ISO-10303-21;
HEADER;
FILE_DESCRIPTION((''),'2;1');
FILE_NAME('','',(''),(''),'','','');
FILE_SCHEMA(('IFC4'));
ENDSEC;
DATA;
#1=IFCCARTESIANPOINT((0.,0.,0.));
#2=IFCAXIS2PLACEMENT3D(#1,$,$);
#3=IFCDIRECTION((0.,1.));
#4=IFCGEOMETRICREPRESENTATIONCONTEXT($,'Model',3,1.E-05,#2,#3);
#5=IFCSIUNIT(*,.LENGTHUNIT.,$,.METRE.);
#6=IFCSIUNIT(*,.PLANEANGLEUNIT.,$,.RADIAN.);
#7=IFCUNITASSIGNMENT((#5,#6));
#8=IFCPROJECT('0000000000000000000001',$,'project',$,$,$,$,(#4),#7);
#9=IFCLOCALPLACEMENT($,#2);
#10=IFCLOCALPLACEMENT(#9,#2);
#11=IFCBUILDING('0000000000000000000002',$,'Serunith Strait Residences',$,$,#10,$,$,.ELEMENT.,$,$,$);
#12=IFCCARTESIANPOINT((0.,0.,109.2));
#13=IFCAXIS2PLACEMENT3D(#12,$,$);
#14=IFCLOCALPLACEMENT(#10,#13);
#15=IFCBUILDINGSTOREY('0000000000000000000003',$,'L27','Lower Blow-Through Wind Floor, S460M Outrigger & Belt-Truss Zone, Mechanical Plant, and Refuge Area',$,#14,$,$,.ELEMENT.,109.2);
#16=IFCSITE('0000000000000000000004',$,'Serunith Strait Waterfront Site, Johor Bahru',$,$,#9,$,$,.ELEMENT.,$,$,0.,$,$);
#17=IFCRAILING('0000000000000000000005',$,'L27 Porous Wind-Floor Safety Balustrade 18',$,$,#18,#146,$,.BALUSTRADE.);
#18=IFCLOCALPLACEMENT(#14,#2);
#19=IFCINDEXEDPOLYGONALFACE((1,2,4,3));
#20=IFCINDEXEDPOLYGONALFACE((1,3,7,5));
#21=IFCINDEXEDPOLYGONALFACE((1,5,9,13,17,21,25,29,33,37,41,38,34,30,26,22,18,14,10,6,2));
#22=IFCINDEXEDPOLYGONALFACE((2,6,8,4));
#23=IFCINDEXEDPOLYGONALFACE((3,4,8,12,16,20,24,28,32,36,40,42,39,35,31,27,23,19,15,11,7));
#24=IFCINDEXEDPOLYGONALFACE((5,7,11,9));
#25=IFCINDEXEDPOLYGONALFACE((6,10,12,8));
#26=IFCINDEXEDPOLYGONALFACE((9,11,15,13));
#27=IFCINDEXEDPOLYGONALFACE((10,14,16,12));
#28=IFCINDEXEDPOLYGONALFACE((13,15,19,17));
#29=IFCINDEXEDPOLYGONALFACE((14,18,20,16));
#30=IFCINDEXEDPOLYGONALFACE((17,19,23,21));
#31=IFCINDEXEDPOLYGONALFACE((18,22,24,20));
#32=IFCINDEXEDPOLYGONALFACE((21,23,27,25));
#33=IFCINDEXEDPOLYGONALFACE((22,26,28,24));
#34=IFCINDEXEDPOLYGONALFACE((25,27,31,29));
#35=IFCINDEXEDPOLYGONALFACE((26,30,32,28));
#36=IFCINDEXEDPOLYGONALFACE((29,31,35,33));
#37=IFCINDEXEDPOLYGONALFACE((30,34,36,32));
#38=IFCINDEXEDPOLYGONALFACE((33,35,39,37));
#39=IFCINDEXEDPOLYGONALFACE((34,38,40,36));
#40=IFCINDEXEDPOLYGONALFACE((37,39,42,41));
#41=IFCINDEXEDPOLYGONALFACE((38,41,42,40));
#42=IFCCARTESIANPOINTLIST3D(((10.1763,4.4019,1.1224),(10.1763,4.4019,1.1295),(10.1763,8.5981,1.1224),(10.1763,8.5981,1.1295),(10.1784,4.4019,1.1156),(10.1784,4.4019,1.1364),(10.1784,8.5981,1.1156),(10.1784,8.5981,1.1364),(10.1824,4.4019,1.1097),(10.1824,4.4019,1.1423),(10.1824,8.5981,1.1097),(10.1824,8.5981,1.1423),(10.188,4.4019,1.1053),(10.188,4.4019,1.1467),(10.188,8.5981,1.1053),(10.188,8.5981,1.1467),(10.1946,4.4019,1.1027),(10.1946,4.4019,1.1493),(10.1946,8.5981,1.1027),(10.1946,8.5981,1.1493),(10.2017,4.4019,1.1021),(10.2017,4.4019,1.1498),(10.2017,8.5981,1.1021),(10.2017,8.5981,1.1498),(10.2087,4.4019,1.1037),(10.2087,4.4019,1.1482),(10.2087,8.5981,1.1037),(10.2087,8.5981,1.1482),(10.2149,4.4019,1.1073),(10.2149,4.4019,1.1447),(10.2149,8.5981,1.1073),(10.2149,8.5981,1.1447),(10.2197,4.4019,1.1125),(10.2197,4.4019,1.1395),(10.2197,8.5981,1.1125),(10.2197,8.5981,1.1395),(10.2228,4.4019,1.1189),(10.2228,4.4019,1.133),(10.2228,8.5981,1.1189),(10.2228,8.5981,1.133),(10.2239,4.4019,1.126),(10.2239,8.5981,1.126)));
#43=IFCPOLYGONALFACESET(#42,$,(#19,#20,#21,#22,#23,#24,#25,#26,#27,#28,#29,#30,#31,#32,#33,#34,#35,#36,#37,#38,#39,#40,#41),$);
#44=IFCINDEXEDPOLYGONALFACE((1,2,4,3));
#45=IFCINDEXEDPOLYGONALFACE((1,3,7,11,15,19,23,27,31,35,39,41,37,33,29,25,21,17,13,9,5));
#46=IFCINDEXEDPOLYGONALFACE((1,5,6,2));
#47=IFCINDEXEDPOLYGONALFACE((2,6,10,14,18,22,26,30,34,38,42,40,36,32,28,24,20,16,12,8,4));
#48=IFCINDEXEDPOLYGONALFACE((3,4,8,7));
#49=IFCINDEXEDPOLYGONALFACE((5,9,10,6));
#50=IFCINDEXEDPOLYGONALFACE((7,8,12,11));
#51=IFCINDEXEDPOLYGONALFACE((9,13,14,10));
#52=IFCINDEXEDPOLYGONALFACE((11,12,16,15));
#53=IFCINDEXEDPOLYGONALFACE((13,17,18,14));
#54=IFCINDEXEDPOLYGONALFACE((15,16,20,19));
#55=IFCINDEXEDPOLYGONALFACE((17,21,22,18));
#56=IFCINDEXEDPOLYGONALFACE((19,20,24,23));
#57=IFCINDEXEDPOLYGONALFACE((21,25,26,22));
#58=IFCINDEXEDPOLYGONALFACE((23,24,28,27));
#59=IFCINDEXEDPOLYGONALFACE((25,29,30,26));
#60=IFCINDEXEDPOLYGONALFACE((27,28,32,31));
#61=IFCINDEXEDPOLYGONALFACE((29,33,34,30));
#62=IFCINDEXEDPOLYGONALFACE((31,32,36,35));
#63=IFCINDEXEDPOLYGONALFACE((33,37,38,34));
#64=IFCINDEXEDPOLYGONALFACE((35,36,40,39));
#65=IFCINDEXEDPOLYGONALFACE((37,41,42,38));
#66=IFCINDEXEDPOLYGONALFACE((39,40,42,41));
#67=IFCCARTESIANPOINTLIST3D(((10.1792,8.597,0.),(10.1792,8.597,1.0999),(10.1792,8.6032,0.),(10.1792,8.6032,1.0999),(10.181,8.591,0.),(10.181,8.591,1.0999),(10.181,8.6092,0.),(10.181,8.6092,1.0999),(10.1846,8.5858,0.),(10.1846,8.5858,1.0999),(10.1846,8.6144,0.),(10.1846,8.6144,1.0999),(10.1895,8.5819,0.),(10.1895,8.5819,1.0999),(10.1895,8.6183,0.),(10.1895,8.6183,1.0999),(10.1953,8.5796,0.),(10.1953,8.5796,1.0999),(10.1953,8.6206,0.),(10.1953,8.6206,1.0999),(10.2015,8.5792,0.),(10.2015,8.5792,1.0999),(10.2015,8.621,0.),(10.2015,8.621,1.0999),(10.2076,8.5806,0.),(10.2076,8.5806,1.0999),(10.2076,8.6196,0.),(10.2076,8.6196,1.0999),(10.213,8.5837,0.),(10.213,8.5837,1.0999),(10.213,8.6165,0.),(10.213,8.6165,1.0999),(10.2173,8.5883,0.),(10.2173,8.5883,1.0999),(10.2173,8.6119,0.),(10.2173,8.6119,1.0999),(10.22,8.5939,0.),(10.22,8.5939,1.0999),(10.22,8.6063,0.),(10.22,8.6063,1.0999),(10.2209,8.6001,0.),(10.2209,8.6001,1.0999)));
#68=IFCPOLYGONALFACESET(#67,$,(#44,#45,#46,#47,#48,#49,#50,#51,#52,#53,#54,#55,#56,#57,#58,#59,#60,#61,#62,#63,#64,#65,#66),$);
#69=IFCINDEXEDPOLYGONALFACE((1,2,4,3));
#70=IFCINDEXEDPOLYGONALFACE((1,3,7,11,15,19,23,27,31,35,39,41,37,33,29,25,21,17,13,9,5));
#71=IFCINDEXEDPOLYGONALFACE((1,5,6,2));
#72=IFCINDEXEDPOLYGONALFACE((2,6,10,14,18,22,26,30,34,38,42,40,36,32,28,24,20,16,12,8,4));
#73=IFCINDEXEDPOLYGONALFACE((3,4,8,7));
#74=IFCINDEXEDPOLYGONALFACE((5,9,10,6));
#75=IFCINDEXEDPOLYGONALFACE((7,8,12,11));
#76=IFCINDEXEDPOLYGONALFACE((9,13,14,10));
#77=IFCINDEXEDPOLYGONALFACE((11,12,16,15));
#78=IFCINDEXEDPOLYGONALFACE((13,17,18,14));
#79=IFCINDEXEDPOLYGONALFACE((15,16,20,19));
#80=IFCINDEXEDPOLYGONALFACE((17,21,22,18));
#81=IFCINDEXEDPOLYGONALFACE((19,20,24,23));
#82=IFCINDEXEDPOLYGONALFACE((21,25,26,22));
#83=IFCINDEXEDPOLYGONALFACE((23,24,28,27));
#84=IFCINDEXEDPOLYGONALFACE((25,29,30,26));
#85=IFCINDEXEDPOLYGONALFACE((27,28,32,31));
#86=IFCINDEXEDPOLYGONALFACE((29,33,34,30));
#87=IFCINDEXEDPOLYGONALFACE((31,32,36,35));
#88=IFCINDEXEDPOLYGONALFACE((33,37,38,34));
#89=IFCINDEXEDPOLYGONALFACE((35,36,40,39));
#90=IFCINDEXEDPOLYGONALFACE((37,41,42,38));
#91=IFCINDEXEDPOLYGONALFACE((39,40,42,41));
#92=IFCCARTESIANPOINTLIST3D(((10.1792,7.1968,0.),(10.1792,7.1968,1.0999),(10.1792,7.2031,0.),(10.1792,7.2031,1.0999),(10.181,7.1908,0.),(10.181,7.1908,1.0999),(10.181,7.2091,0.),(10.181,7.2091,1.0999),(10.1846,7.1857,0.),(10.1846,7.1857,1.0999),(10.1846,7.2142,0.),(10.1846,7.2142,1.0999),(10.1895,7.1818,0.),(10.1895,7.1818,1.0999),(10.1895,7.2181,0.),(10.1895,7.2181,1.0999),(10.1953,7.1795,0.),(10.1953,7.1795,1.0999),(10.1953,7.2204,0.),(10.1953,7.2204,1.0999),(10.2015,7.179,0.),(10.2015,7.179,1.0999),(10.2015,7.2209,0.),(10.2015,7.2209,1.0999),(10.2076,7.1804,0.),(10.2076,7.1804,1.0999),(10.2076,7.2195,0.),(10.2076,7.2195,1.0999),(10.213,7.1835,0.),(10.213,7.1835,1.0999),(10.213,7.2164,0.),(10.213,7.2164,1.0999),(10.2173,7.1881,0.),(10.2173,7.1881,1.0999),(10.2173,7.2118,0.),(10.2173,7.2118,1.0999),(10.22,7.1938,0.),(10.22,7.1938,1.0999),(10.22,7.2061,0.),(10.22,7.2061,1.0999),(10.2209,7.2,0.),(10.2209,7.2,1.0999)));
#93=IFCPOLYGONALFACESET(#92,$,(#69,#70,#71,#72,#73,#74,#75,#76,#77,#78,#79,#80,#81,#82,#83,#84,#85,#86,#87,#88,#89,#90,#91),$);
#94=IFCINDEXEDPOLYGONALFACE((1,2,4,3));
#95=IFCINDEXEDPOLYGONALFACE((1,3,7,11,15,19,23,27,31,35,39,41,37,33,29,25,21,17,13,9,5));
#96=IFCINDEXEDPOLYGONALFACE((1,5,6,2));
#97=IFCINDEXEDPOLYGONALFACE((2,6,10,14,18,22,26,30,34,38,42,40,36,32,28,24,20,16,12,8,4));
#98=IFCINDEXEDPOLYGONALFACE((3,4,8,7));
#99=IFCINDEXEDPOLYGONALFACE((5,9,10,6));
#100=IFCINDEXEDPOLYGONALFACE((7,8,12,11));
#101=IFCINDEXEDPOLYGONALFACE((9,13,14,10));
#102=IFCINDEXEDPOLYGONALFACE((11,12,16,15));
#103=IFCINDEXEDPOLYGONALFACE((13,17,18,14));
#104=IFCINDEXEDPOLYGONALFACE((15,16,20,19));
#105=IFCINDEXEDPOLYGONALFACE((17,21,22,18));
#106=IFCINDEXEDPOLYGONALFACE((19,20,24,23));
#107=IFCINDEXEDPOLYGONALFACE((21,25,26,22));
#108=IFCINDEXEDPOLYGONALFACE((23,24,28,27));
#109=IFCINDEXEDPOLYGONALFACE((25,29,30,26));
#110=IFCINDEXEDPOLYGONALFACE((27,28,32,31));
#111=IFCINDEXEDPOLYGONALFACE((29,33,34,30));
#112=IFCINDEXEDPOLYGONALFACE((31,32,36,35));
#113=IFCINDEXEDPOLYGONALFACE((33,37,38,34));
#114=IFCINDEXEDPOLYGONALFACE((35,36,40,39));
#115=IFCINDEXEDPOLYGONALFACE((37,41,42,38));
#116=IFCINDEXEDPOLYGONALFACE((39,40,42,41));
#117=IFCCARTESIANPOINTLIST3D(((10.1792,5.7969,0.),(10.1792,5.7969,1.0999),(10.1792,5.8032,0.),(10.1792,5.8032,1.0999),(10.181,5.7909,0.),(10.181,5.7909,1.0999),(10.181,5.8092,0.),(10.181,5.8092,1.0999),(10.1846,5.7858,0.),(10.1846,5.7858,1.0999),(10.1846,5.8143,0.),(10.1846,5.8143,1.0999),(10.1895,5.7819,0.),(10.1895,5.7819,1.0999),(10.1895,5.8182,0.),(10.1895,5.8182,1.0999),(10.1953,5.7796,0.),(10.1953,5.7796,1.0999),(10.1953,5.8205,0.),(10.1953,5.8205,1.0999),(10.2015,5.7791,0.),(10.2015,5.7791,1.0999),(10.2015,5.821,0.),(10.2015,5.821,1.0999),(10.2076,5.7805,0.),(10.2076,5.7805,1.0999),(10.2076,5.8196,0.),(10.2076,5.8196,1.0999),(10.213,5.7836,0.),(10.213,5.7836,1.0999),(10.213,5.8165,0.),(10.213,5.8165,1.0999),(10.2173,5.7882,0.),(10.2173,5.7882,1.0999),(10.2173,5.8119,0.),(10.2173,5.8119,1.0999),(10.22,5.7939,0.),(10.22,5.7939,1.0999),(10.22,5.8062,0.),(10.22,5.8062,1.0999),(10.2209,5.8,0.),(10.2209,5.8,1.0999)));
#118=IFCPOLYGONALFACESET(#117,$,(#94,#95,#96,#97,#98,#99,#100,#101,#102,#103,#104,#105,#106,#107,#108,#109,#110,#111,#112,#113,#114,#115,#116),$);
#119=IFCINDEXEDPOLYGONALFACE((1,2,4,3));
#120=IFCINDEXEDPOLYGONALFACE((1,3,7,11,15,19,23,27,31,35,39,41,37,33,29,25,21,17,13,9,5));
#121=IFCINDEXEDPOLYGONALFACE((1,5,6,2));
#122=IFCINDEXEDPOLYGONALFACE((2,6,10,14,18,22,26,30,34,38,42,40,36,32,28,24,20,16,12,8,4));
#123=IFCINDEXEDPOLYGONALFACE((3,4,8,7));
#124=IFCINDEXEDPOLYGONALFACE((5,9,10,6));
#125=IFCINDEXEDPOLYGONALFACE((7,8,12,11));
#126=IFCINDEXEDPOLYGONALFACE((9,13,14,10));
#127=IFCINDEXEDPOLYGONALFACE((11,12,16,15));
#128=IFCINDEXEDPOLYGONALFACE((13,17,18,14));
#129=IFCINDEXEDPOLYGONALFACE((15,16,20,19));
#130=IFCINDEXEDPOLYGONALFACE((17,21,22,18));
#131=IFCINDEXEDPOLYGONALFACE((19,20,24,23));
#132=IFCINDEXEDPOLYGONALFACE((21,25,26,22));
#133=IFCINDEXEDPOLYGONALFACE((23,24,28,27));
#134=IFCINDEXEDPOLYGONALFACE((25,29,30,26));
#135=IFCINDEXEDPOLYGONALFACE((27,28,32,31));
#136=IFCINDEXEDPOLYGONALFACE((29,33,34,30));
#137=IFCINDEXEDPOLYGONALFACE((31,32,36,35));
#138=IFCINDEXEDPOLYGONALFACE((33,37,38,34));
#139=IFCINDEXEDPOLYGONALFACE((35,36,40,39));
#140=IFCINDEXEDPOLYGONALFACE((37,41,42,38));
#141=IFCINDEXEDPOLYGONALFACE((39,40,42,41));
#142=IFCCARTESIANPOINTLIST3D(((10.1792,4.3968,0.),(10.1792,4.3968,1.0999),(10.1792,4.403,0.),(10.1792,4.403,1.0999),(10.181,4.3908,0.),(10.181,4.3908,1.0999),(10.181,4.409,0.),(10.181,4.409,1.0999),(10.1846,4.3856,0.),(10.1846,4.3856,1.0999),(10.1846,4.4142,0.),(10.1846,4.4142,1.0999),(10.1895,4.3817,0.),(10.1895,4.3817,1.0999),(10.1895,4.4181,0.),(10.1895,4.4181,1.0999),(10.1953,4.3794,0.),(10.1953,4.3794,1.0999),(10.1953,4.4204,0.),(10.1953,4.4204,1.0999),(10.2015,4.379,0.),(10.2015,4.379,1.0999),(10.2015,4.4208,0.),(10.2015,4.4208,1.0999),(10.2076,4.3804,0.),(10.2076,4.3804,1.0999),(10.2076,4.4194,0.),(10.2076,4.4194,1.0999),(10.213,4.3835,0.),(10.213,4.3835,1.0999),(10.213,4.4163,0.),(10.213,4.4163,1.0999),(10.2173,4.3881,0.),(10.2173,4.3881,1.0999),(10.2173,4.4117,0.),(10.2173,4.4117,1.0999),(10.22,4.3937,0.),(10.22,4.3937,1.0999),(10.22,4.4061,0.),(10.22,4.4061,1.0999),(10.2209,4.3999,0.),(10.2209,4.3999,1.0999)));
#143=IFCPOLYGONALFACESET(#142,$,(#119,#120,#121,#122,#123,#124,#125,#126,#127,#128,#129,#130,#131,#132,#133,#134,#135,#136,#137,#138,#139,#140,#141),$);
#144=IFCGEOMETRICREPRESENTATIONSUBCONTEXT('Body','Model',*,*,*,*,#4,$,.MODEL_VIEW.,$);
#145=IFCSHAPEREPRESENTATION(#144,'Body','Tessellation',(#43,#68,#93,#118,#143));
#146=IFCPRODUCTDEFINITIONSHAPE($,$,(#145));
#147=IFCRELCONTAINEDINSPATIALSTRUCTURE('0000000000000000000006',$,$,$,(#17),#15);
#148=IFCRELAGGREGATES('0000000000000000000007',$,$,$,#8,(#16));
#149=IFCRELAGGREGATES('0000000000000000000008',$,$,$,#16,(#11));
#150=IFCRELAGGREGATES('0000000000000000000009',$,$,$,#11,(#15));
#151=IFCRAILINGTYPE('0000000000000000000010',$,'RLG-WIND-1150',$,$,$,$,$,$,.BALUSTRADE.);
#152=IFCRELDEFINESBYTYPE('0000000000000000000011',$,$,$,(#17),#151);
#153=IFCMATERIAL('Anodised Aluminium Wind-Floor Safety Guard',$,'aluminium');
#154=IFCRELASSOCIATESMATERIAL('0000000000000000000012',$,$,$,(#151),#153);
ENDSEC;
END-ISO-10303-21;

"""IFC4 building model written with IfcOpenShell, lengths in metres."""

from ifc_helpers import new_model, si_unit, direction, frame, origin, origin_2d, place, context, subcontext, project, spatial, circle, extrude, material, type_object, element, save


model = new_model("IFC4")

# Units and contexts
model_context = context("Model", 3, precision=1e-05, world=origin(), true_north=direction((0.0, 1.0)))
body_context = subcontext(model_context, "Body", "Model", "MODEL_VIEW")
ifc_project = project(units=[si_unit("LENGTHUNIT", "METRE"), si_unit("PLANEANGLEUNIT", "RADIAN")], contexts=[model_context])

# Site, building, storey
site_placement = place(None, origin())
site = spatial("IfcSite", under=ifc_project, at=site_placement, Name="Serunith Strait Waterfront Site, Johor Bahru", CompositionType="ELEMENT", RefElevation=0.0)
building_placement = place(site_placement, origin())
building = spatial("IfcBuilding", under=site, at=building_placement, Name="Serunith Strait Residences", CompositionType="ELEMENT")
storey_placement = place(building_placement, frame((0.0, 0.0, 109.2)))
storey = spatial("IfcBuildingStorey", under=building, at=storey_placement, Name="L27", Description="Lower Blow-Through Wind Floor, S460M Outrigger & Belt-Truss Zone, Mechanical Plant, and Refuge Area", CompositionType="ELEMENT", Elevation=109.2)

# Railing
ifc_material_1 = material(Name="Anodised Aluminium Wind-Floor Safety Guard", Category="aluminium")
railing_type = type_object("IfcRailingType", Name="RLG-WIND-1150", PredefinedType="BALUSTRADE", material=ifc_material_1)
railing_1_placement = place(storey_placement, frame((10.2, 8.6001, 0.0)))
element("IfcRailing", 1, at=railing_1_placement, inside=storey, type_object=railing_type, Name="L27 Porous Wind-Floor Safety Balustrade 18", PredefinedType="BALUSTRADE", context=body_context, shape_type="SweptSolid", body=[
    extrude(circle(Radius=0.0239, at=origin_2d()), frame((0.0, -0.002, 1.126), z_axis=(0.0, -1.0, 0.0), x_axis=(1.0, 0.0, 0.0)), (0.0, 0.0, 1.0), 4.1963),
    extrude(circle(Radius=0.021, at=origin_2d()), origin(), (0.0, 0.0, 1.0), 1.0999),
    extrude(circle(Radius=0.021, at=origin_2d()), frame((0.0, -1.4001, 0.0)), (0.0, 0.0, 1.0), 1.0999),
    extrude(circle(Radius=0.021, at=origin_2d()), frame((0.0, -2.8, 0.0)), (0.0, 0.0, 1.0), 1.0999),
    extrude(circle(Radius=0.021, at=origin_2d()), frame((0.0, -4.2002, 0.0)), (0.0, 0.0, 1.0), 1.0999),
])

save(model, "model.ifc")
